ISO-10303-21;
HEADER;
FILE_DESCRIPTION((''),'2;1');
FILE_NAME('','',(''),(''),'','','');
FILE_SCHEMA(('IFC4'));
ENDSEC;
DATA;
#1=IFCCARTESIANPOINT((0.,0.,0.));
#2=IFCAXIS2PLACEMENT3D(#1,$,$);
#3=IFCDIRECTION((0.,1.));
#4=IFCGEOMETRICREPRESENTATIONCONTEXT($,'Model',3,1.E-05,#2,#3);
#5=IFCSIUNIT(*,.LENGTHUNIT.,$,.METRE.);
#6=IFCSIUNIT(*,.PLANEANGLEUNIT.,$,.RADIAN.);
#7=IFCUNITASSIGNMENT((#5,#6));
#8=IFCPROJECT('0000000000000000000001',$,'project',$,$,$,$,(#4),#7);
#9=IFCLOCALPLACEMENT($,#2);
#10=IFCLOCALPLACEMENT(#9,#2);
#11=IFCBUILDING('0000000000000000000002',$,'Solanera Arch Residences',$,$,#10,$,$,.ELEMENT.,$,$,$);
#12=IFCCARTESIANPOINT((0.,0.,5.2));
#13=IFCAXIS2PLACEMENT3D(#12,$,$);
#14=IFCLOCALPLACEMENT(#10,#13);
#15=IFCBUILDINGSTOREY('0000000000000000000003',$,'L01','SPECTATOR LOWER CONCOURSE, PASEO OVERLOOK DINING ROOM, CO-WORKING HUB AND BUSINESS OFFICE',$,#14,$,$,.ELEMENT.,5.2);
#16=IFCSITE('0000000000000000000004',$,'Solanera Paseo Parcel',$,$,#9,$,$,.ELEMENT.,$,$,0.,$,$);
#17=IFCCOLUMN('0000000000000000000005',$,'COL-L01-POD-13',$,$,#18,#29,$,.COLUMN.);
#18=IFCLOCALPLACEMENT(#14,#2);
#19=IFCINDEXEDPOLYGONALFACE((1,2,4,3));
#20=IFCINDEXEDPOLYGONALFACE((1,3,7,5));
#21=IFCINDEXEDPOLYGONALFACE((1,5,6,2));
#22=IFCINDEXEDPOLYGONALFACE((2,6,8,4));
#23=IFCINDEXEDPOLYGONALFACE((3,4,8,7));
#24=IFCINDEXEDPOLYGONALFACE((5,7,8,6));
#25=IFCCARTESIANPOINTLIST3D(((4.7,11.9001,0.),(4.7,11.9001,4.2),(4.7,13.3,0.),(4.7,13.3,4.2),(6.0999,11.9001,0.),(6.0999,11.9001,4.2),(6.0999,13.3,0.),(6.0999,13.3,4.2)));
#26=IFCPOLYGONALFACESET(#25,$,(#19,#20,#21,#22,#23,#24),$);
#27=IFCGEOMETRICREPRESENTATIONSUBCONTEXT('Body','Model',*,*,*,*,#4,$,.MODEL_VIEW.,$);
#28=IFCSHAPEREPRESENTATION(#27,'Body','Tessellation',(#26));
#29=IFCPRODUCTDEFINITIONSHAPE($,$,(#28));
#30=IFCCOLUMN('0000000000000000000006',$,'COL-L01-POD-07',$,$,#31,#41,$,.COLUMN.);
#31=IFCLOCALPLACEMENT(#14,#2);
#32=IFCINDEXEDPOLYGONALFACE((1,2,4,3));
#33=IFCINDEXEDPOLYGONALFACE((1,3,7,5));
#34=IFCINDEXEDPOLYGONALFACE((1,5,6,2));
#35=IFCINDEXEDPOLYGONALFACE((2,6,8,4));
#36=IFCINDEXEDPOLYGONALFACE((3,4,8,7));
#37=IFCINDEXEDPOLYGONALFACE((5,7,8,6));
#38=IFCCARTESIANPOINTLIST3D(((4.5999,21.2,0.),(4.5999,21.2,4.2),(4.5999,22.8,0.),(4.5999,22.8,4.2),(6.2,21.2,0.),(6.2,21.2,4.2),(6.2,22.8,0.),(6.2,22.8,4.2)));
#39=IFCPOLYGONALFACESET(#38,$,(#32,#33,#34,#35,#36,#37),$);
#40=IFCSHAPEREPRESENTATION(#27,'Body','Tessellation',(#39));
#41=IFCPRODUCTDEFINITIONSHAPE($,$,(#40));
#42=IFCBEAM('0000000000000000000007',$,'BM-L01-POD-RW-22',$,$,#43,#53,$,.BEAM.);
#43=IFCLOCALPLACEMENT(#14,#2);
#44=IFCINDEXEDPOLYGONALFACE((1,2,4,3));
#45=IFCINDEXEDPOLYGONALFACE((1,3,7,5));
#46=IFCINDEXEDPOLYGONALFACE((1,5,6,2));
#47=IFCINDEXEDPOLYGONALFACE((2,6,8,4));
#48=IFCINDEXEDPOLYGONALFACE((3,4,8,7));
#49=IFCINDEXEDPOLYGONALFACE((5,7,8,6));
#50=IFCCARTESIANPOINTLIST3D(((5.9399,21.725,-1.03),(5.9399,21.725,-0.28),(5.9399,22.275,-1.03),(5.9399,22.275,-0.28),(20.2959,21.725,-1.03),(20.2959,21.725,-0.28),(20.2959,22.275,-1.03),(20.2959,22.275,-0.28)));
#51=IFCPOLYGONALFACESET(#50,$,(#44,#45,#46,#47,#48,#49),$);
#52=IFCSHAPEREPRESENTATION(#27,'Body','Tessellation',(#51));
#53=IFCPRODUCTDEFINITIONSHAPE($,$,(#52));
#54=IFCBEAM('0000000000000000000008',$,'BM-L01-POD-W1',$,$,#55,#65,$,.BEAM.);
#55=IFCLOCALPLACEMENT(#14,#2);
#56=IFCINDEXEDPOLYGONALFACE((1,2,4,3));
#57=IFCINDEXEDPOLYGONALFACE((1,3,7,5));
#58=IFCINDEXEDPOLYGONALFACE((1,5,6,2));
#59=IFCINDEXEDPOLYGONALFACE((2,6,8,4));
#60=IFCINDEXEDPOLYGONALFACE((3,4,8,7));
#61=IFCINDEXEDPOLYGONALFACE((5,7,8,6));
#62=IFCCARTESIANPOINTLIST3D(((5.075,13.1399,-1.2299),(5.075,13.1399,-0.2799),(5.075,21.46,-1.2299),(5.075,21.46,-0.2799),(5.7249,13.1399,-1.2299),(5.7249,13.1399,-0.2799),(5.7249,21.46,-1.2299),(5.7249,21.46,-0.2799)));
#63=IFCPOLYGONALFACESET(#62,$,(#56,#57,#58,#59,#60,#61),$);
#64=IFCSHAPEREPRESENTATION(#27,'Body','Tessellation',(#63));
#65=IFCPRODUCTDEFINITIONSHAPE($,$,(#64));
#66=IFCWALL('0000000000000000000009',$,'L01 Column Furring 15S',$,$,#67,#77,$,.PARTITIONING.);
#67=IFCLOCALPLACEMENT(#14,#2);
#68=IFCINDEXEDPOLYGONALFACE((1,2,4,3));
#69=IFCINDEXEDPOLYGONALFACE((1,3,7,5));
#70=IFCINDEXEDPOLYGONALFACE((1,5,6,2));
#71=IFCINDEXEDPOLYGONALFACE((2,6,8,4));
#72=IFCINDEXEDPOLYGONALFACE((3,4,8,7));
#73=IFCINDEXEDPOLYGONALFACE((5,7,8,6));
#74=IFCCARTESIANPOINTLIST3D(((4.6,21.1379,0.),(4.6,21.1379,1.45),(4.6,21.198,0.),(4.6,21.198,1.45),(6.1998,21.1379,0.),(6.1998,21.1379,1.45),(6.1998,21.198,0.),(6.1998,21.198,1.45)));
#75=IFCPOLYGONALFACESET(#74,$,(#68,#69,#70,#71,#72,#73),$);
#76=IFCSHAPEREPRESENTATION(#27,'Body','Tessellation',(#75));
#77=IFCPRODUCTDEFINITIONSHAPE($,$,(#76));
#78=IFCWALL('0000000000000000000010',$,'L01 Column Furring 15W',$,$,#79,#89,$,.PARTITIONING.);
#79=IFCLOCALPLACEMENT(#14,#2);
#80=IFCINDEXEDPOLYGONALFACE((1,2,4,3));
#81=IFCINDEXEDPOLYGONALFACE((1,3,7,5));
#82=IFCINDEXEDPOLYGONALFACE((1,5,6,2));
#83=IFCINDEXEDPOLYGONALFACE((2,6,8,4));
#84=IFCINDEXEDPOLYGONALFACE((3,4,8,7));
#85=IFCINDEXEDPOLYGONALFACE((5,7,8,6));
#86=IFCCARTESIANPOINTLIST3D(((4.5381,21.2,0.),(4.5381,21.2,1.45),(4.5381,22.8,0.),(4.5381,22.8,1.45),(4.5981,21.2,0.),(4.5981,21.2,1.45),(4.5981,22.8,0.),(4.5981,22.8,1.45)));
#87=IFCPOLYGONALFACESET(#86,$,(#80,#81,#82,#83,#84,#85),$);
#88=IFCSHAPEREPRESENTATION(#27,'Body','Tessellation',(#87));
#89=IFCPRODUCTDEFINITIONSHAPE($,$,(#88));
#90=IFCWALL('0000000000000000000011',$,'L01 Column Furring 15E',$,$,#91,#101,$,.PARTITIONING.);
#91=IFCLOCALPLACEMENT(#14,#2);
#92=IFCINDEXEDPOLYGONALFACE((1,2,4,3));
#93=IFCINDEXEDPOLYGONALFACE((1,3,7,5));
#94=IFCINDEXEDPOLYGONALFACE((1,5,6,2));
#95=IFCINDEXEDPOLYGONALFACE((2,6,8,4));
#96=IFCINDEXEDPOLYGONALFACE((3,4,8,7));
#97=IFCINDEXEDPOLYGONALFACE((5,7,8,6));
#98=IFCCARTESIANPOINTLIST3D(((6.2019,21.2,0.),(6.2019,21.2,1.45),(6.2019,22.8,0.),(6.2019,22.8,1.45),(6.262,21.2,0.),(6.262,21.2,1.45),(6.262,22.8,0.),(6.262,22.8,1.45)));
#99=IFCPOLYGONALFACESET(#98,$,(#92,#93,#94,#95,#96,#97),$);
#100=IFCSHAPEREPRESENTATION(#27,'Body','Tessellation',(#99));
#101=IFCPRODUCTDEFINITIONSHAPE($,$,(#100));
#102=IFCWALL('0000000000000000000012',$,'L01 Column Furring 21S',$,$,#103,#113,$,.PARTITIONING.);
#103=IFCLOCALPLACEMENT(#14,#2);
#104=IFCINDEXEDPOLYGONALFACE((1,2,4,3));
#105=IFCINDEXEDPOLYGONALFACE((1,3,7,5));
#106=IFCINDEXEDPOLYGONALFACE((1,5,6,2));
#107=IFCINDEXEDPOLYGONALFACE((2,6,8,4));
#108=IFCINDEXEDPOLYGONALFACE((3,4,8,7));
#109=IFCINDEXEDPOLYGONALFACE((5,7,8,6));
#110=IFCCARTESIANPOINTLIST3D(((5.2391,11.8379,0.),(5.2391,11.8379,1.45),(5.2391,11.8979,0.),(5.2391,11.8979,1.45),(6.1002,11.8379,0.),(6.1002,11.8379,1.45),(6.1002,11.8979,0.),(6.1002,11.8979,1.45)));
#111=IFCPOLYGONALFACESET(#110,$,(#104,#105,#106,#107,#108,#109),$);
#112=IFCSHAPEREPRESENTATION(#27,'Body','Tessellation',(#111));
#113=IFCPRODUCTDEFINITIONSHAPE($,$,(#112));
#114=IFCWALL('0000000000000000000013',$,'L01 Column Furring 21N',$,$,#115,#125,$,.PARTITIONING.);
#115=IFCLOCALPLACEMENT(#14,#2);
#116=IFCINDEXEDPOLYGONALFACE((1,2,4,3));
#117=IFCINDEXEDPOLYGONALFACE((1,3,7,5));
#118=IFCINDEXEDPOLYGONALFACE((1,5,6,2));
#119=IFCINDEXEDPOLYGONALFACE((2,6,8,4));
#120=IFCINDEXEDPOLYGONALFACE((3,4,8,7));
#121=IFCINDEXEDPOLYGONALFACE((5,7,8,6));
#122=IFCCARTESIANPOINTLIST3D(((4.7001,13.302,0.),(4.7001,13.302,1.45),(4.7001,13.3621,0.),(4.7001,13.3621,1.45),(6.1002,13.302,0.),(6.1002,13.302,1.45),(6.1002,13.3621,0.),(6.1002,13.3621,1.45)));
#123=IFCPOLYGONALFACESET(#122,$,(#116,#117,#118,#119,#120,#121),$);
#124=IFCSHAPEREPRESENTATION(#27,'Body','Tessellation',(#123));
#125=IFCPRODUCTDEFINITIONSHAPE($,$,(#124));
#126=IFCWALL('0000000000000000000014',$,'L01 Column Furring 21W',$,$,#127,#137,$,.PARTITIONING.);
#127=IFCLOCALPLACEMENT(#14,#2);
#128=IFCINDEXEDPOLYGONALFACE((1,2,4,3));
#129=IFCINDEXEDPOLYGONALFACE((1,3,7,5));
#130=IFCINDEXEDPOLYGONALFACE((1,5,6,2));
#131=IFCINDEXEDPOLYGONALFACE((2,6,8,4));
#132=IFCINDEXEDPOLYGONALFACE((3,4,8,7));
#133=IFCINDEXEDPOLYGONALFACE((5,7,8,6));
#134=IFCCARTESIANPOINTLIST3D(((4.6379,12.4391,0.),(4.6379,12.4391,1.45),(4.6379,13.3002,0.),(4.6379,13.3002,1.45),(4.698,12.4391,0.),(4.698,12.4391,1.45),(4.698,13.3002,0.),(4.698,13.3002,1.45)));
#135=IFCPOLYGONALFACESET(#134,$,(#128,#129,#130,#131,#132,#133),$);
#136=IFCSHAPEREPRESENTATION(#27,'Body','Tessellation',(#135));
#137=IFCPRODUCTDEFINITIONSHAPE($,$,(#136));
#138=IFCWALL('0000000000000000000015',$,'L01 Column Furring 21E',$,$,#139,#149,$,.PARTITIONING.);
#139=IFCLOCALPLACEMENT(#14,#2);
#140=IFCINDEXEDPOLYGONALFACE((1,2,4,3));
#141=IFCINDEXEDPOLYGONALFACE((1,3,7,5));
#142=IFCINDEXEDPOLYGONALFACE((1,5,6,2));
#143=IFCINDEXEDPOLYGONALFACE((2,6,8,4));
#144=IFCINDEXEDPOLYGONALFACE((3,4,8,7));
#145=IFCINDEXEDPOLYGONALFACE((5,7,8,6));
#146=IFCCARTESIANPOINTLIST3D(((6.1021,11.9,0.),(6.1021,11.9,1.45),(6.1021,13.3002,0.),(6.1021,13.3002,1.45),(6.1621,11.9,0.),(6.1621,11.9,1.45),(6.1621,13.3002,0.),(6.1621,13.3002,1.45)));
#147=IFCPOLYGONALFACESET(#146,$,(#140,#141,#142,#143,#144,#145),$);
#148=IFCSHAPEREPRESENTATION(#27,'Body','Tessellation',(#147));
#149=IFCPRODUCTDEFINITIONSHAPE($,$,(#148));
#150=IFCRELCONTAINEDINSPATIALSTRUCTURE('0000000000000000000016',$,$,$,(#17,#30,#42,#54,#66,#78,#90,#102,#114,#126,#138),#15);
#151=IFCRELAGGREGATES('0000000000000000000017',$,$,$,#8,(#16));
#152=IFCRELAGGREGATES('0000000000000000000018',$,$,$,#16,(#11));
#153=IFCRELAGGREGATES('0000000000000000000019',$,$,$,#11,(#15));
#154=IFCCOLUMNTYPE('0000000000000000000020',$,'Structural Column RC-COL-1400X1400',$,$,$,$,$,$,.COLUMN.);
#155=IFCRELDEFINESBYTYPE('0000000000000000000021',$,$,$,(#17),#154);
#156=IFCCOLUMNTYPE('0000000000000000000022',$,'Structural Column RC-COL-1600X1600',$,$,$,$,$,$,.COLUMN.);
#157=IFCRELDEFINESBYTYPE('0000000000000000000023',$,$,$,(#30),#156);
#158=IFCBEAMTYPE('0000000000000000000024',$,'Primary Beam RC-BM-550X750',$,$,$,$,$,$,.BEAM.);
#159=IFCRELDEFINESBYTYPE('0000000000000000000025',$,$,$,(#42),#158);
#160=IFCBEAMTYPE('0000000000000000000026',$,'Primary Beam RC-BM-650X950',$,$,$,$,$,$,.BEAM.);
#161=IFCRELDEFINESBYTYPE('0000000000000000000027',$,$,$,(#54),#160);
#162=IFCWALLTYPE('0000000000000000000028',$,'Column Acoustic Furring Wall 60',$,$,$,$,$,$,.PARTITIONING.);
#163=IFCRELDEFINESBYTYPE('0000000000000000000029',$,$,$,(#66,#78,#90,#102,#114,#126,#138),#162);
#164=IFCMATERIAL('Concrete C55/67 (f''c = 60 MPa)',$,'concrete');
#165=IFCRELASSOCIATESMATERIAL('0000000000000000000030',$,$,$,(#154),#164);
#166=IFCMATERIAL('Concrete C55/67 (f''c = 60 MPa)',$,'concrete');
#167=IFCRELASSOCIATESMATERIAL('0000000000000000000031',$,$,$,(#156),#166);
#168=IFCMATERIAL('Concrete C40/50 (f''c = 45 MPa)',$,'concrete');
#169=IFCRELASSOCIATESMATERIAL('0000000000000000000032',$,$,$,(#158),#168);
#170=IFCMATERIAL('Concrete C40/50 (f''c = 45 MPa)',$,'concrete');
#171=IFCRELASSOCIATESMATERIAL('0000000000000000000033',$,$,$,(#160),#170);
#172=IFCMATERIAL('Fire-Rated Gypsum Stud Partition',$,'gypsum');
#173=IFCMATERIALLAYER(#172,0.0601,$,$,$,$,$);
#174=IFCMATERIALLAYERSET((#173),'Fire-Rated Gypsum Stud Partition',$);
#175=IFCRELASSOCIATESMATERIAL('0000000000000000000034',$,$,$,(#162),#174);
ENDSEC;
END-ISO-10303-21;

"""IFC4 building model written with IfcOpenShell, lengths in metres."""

from ifc_helpers import new_model, si_unit, direction, frame, frame_2d, origin, origin_2d, place, context, subcontext, project, spatial, rectangle, extrude, material, layer, layer_set, material_profile, profile_set, type_object, element, save


model = new_model("IFC4")

# Units and contexts
model_context = context("Model", 3, precision=1e-05, world=origin(), true_north=direction((0.0, 1.0)))
body_context = subcontext(model_context, "Body", "Model", "MODEL_VIEW")
ifc_project = project(units=[si_unit("LENGTHUNIT", "METRE"), si_unit("PLANEANGLEUNIT", "RADIAN")], contexts=[model_context])

# Site, building, storey
site_placement = place(None, origin())
site = spatial("IfcSite", under=ifc_project, at=site_placement, Name="Solanera Paseo Parcel", CompositionType="ELEMENT", RefElevation=0.0)
building_placement = place(site_placement, origin())
building = spatial("IfcBuilding", under=site, at=building_placement, Name="Solanera Arch Residences", CompositionType="ELEMENT")
storey_placement = place(building_placement, frame((0.0, 0.0, 5.2)))
storey = spatial("IfcBuildingStorey", under=building, at=storey_placement, Name="L01", Description="SPECTATOR LOWER CONCOURSE, PASEO OVERLOOK DINING ROOM, CO-WORKING HUB AND BUSINESS OFFICE", CompositionType="ELEMENT", Elevation=5.2)

# Columns
ifc_material_1 = material(Name="Concrete C55/67 (f'c = 60 MPa)", Category="concrete")
ifc_material_profile_1 = material_profile(ifc_material_1, rectangle(XDim=1.3999, YDim=1.3999, at=origin_2d()))
ifc_profile_set_1 = profile_set([ifc_material_profile_1], Name="Concrete C55/67 (f'c = 60 MPa)")
column_type_1 = type_object("IfcColumnType", Name="Structural Column RC-COL-1400X1400", PredefinedType="COLUMN", material=ifc_profile_set_1)
column_1_placement = place(storey_placement, frame((5.3999, 12.6001, 0.0), z_axis=(0.0, 0.0, 1.0), x_axis=(1.0, 0.0, 0.0)))
element("IfcColumn", 1, at=column_1_placement, inside=storey, type_object=column_type_1, Name="COL-L01-POD-13", PredefinedType="COLUMN", context=body_context, shape_type="SweptSolid", body=[
    extrude(rectangle(XDim=1.3999, YDim=1.3999, at=origin_2d()), origin(), (0.0, 0.0, 1.0), 4.2),
])
ifc_material_2 = material(Name="Concrete C55/67 (f'c = 60 MPa)", Category="concrete")
ifc_material_profile_2 = material_profile(ifc_material_2, rectangle(XDim=1.6001, YDim=1.6001, at=origin_2d()))
ifc_profile_set_2 = profile_set([ifc_material_profile_2], Name="Concrete C55/67 (f'c = 60 MPa)")
column_type_2 = type_object("IfcColumnType", Name="Structural Column RC-COL-1600X1600", PredefinedType="COLUMN", material=ifc_profile_set_2)
column_2_placement = place(storey_placement, frame((5.3999, 22.0, 0.0), z_axis=(0.0, 0.0, 1.0), x_axis=(1.0, 0.0, 0.0)))
element("IfcColumn", 2, at=column_2_placement, inside=storey, type_object=column_type_2, Name="COL-L01-POD-07", PredefinedType="COLUMN", context=body_context, shape_type="SweptSolid", body=[
    extrude(rectangle(XDim=1.6001, YDim=1.6001, at=origin_2d()), origin(), (0.0, 0.0, 1.0), 4.2),
])

# Beams
ifc_material_3 = material(Name="Concrete C40/50 (f'c = 45 MPa)", Category="concrete")
ifc_material_profile_3 = material_profile(ifc_material_3, rectangle(XDim=0.55, YDim=0.75, at=origin_2d()))
ifc_profile_set_3 = profile_set([ifc_material_profile_3], Name="Concrete C40/50 (f'c = 45 MPa)")
beam_type_1 = type_object("IfcBeamType", Name="Primary Beam RC-BM-550X750", PredefinedType="BEAM", material=ifc_profile_set_3)
beam_1_placement = place(storey_placement, frame((5.9399, 22.0, -0.655), z_axis=(1.0, 0.0, 0.0), x_axis=(0.0, 1.0, 0.0)))
element("IfcBeam", 3, at=beam_1_placement, inside=storey, type_object=beam_type_1, Name="BM-L01-POD-RW-22", PredefinedType="BEAM", context=body_context, shape_type="SweptSolid", body=[
    extrude(rectangle(XDim=0.55, YDim=0.75, at=origin_2d()), origin(), (0.0, 0.0, 1.0), 14.356),
])
ifc_material_4 = material(Name="Concrete C40/50 (f'c = 45 MPa)", Category="concrete")
ifc_material_profile_4 = material_profile(ifc_material_4, rectangle(XDim=0.6499, YDim=0.95, at=origin_2d()))
ifc_profile_set_4 = profile_set([ifc_material_profile_4], Name="Concrete C40/50 (f'c = 45 MPa)")
beam_type_2 = type_object("IfcBeamType", Name="Primary Beam RC-BM-650X950", PredefinedType="BEAM", material=ifc_profile_set_4)
beam_2_placement = place(storey_placement, frame((5.3999, 13.1399, -0.7549), z_axis=(0.0, 1.0, 0.0), x_axis=(-1.0, 0.0, 0.0)))
element("IfcBeam", 4, at=beam_2_placement, inside=storey, type_object=beam_type_2, Name="BM-L01-POD-W1", PredefinedType="BEAM", context=body_context, shape_type="SweptSolid", body=[
    extrude(rectangle(XDim=0.6499, YDim=0.95, at=origin_2d()), origin(), (0.0, 0.0, 1.0), 8.3201),
])

# Walls
ifc_material_5 = material(Name="Fire-Rated Gypsum Stud Partition", Category="gypsum")
ifc_layer_1 = layer(ifc_material_5, 0.0601)
ifc_layer_set_1 = layer_set([ifc_layer_1], Name="Fire-Rated Gypsum Stud Partition")
wall_type_1 = type_object("IfcWallType", Name="Column Acoustic Furring Wall 60", PredefinedType="PARTITIONING", material=ifc_layer_set_1)
wall_1_placement = place(storey_placement, frame((4.6001, 21.168, 0.0), z_axis=(0.0, 0.0, 1.0), x_axis=(1.0, 0.0, 0.0)))
element("IfcWall", 5, at=wall_1_placement, inside=storey, type_object=wall_type_1, Name="L01 Column Furring 15S", PredefinedType="PARTITIONING", context=body_context, shape_type="SweptSolid", body=[
    extrude(rectangle(XDim=1.5999, YDim=0.0601, at=frame_2d((0.7998, 0.0))), origin(), (0.0, 0.0, 1.0), 1.45),
])
for number, where, z_axis, x_axis, name in (
    (6, (4.5681, 21.2, 0.0), (0.0, 0.0, 1.0), (0.0, 1.0, 0.0), "L01 Column Furring 15W"),
    (7, (6.2319, 21.2, 0.0), (0.0, 0.0, 1.0), (0.0, 1.0, 0.0), "L01 Column Furring 15E"),
):
    element("IfcWall", number, at=place(storey_placement, frame(where, z_axis=z_axis, x_axis=x_axis)), inside=storey, type_object=wall_type_1, Name=name, PredefinedType="PARTITIONING", context=body_context, shape_type="SweptSolid", body=[
        extrude(rectangle(XDim=1.6001, YDim=0.0601, at=frame_2d((0.8, 0.0))), origin(), (0.0, 0.0, 1.0), 1.45),
    ])
wall_2_placement = place(storey_placement, frame((5.239, 11.8679, 0.0), z_axis=(0.0, 0.0, 1.0), x_axis=(1.0, 0.0, 0.0)))
element("IfcWall", 8, at=wall_2_placement, inside=storey, type_object=wall_type_1, Name="L01 Column Furring 21S", PredefinedType="PARTITIONING", context=body_context, shape_type="SweptSolid", body=[
    extrude(rectangle(XDim=0.8611, YDim=0.0601, at=frame_2d((0.4307, 0.0))), origin(), (0.0, 0.0, 1.0), 1.45),
])
wall_3_placement = place(storey_placement, frame((4.7, 13.332, 0.0), z_axis=(0.0, 0.0, 1.0), x_axis=(1.0, 0.0, 0.0)))
element("IfcWall", 9, at=wall_3_placement, inside=storey, type_object=wall_type_1, Name="L01 Column Furring 21N", PredefinedType="PARTITIONING", context=body_context, shape_type="SweptSolid", body=[
    extrude(rectangle(XDim=1.4001, YDim=0.0601, at=frame_2d((0.7002, 0.0))), origin(), (0.0, 0.0, 1.0), 1.45),
])
wall_4_placement = place(storey_placement, frame((4.668, 12.439, 0.0), z_axis=(0.0, 0.0, 1.0), x_axis=(0.0, 1.0, 0.0)))
element("IfcWall", 10, at=wall_4_placement, inside=storey, type_object=wall_type_1, Name="L01 Column Furring 21W", PredefinedType="PARTITIONING", context=body_context, shape_type="SweptSolid", body=[
    extrude(rectangle(XDim=0.8611, YDim=0.0601, at=frame_2d((0.4307, 0.0))), origin(), (0.0, 0.0, 1.0), 1.45),
])
wall_5_placement = place(storey_placement, frame((6.1321, 11.8999, 0.0), z_axis=(0.0, 0.0, 1.0), x_axis=(0.0, 1.0, 0.0)))
element("IfcWall", 11, at=wall_5_placement, inside=storey, type_object=wall_type_1, Name="L01 Column Furring 21E", PredefinedType="PARTITIONING", context=body_context, shape_type="SweptSolid", body=[
    extrude(rectangle(XDim=1.4001, YDim=0.0601, at=frame_2d((0.7002, 0.0))), origin(), (0.0, 0.0, 1.0), 1.45),
])

save(model, "model.ifc")
